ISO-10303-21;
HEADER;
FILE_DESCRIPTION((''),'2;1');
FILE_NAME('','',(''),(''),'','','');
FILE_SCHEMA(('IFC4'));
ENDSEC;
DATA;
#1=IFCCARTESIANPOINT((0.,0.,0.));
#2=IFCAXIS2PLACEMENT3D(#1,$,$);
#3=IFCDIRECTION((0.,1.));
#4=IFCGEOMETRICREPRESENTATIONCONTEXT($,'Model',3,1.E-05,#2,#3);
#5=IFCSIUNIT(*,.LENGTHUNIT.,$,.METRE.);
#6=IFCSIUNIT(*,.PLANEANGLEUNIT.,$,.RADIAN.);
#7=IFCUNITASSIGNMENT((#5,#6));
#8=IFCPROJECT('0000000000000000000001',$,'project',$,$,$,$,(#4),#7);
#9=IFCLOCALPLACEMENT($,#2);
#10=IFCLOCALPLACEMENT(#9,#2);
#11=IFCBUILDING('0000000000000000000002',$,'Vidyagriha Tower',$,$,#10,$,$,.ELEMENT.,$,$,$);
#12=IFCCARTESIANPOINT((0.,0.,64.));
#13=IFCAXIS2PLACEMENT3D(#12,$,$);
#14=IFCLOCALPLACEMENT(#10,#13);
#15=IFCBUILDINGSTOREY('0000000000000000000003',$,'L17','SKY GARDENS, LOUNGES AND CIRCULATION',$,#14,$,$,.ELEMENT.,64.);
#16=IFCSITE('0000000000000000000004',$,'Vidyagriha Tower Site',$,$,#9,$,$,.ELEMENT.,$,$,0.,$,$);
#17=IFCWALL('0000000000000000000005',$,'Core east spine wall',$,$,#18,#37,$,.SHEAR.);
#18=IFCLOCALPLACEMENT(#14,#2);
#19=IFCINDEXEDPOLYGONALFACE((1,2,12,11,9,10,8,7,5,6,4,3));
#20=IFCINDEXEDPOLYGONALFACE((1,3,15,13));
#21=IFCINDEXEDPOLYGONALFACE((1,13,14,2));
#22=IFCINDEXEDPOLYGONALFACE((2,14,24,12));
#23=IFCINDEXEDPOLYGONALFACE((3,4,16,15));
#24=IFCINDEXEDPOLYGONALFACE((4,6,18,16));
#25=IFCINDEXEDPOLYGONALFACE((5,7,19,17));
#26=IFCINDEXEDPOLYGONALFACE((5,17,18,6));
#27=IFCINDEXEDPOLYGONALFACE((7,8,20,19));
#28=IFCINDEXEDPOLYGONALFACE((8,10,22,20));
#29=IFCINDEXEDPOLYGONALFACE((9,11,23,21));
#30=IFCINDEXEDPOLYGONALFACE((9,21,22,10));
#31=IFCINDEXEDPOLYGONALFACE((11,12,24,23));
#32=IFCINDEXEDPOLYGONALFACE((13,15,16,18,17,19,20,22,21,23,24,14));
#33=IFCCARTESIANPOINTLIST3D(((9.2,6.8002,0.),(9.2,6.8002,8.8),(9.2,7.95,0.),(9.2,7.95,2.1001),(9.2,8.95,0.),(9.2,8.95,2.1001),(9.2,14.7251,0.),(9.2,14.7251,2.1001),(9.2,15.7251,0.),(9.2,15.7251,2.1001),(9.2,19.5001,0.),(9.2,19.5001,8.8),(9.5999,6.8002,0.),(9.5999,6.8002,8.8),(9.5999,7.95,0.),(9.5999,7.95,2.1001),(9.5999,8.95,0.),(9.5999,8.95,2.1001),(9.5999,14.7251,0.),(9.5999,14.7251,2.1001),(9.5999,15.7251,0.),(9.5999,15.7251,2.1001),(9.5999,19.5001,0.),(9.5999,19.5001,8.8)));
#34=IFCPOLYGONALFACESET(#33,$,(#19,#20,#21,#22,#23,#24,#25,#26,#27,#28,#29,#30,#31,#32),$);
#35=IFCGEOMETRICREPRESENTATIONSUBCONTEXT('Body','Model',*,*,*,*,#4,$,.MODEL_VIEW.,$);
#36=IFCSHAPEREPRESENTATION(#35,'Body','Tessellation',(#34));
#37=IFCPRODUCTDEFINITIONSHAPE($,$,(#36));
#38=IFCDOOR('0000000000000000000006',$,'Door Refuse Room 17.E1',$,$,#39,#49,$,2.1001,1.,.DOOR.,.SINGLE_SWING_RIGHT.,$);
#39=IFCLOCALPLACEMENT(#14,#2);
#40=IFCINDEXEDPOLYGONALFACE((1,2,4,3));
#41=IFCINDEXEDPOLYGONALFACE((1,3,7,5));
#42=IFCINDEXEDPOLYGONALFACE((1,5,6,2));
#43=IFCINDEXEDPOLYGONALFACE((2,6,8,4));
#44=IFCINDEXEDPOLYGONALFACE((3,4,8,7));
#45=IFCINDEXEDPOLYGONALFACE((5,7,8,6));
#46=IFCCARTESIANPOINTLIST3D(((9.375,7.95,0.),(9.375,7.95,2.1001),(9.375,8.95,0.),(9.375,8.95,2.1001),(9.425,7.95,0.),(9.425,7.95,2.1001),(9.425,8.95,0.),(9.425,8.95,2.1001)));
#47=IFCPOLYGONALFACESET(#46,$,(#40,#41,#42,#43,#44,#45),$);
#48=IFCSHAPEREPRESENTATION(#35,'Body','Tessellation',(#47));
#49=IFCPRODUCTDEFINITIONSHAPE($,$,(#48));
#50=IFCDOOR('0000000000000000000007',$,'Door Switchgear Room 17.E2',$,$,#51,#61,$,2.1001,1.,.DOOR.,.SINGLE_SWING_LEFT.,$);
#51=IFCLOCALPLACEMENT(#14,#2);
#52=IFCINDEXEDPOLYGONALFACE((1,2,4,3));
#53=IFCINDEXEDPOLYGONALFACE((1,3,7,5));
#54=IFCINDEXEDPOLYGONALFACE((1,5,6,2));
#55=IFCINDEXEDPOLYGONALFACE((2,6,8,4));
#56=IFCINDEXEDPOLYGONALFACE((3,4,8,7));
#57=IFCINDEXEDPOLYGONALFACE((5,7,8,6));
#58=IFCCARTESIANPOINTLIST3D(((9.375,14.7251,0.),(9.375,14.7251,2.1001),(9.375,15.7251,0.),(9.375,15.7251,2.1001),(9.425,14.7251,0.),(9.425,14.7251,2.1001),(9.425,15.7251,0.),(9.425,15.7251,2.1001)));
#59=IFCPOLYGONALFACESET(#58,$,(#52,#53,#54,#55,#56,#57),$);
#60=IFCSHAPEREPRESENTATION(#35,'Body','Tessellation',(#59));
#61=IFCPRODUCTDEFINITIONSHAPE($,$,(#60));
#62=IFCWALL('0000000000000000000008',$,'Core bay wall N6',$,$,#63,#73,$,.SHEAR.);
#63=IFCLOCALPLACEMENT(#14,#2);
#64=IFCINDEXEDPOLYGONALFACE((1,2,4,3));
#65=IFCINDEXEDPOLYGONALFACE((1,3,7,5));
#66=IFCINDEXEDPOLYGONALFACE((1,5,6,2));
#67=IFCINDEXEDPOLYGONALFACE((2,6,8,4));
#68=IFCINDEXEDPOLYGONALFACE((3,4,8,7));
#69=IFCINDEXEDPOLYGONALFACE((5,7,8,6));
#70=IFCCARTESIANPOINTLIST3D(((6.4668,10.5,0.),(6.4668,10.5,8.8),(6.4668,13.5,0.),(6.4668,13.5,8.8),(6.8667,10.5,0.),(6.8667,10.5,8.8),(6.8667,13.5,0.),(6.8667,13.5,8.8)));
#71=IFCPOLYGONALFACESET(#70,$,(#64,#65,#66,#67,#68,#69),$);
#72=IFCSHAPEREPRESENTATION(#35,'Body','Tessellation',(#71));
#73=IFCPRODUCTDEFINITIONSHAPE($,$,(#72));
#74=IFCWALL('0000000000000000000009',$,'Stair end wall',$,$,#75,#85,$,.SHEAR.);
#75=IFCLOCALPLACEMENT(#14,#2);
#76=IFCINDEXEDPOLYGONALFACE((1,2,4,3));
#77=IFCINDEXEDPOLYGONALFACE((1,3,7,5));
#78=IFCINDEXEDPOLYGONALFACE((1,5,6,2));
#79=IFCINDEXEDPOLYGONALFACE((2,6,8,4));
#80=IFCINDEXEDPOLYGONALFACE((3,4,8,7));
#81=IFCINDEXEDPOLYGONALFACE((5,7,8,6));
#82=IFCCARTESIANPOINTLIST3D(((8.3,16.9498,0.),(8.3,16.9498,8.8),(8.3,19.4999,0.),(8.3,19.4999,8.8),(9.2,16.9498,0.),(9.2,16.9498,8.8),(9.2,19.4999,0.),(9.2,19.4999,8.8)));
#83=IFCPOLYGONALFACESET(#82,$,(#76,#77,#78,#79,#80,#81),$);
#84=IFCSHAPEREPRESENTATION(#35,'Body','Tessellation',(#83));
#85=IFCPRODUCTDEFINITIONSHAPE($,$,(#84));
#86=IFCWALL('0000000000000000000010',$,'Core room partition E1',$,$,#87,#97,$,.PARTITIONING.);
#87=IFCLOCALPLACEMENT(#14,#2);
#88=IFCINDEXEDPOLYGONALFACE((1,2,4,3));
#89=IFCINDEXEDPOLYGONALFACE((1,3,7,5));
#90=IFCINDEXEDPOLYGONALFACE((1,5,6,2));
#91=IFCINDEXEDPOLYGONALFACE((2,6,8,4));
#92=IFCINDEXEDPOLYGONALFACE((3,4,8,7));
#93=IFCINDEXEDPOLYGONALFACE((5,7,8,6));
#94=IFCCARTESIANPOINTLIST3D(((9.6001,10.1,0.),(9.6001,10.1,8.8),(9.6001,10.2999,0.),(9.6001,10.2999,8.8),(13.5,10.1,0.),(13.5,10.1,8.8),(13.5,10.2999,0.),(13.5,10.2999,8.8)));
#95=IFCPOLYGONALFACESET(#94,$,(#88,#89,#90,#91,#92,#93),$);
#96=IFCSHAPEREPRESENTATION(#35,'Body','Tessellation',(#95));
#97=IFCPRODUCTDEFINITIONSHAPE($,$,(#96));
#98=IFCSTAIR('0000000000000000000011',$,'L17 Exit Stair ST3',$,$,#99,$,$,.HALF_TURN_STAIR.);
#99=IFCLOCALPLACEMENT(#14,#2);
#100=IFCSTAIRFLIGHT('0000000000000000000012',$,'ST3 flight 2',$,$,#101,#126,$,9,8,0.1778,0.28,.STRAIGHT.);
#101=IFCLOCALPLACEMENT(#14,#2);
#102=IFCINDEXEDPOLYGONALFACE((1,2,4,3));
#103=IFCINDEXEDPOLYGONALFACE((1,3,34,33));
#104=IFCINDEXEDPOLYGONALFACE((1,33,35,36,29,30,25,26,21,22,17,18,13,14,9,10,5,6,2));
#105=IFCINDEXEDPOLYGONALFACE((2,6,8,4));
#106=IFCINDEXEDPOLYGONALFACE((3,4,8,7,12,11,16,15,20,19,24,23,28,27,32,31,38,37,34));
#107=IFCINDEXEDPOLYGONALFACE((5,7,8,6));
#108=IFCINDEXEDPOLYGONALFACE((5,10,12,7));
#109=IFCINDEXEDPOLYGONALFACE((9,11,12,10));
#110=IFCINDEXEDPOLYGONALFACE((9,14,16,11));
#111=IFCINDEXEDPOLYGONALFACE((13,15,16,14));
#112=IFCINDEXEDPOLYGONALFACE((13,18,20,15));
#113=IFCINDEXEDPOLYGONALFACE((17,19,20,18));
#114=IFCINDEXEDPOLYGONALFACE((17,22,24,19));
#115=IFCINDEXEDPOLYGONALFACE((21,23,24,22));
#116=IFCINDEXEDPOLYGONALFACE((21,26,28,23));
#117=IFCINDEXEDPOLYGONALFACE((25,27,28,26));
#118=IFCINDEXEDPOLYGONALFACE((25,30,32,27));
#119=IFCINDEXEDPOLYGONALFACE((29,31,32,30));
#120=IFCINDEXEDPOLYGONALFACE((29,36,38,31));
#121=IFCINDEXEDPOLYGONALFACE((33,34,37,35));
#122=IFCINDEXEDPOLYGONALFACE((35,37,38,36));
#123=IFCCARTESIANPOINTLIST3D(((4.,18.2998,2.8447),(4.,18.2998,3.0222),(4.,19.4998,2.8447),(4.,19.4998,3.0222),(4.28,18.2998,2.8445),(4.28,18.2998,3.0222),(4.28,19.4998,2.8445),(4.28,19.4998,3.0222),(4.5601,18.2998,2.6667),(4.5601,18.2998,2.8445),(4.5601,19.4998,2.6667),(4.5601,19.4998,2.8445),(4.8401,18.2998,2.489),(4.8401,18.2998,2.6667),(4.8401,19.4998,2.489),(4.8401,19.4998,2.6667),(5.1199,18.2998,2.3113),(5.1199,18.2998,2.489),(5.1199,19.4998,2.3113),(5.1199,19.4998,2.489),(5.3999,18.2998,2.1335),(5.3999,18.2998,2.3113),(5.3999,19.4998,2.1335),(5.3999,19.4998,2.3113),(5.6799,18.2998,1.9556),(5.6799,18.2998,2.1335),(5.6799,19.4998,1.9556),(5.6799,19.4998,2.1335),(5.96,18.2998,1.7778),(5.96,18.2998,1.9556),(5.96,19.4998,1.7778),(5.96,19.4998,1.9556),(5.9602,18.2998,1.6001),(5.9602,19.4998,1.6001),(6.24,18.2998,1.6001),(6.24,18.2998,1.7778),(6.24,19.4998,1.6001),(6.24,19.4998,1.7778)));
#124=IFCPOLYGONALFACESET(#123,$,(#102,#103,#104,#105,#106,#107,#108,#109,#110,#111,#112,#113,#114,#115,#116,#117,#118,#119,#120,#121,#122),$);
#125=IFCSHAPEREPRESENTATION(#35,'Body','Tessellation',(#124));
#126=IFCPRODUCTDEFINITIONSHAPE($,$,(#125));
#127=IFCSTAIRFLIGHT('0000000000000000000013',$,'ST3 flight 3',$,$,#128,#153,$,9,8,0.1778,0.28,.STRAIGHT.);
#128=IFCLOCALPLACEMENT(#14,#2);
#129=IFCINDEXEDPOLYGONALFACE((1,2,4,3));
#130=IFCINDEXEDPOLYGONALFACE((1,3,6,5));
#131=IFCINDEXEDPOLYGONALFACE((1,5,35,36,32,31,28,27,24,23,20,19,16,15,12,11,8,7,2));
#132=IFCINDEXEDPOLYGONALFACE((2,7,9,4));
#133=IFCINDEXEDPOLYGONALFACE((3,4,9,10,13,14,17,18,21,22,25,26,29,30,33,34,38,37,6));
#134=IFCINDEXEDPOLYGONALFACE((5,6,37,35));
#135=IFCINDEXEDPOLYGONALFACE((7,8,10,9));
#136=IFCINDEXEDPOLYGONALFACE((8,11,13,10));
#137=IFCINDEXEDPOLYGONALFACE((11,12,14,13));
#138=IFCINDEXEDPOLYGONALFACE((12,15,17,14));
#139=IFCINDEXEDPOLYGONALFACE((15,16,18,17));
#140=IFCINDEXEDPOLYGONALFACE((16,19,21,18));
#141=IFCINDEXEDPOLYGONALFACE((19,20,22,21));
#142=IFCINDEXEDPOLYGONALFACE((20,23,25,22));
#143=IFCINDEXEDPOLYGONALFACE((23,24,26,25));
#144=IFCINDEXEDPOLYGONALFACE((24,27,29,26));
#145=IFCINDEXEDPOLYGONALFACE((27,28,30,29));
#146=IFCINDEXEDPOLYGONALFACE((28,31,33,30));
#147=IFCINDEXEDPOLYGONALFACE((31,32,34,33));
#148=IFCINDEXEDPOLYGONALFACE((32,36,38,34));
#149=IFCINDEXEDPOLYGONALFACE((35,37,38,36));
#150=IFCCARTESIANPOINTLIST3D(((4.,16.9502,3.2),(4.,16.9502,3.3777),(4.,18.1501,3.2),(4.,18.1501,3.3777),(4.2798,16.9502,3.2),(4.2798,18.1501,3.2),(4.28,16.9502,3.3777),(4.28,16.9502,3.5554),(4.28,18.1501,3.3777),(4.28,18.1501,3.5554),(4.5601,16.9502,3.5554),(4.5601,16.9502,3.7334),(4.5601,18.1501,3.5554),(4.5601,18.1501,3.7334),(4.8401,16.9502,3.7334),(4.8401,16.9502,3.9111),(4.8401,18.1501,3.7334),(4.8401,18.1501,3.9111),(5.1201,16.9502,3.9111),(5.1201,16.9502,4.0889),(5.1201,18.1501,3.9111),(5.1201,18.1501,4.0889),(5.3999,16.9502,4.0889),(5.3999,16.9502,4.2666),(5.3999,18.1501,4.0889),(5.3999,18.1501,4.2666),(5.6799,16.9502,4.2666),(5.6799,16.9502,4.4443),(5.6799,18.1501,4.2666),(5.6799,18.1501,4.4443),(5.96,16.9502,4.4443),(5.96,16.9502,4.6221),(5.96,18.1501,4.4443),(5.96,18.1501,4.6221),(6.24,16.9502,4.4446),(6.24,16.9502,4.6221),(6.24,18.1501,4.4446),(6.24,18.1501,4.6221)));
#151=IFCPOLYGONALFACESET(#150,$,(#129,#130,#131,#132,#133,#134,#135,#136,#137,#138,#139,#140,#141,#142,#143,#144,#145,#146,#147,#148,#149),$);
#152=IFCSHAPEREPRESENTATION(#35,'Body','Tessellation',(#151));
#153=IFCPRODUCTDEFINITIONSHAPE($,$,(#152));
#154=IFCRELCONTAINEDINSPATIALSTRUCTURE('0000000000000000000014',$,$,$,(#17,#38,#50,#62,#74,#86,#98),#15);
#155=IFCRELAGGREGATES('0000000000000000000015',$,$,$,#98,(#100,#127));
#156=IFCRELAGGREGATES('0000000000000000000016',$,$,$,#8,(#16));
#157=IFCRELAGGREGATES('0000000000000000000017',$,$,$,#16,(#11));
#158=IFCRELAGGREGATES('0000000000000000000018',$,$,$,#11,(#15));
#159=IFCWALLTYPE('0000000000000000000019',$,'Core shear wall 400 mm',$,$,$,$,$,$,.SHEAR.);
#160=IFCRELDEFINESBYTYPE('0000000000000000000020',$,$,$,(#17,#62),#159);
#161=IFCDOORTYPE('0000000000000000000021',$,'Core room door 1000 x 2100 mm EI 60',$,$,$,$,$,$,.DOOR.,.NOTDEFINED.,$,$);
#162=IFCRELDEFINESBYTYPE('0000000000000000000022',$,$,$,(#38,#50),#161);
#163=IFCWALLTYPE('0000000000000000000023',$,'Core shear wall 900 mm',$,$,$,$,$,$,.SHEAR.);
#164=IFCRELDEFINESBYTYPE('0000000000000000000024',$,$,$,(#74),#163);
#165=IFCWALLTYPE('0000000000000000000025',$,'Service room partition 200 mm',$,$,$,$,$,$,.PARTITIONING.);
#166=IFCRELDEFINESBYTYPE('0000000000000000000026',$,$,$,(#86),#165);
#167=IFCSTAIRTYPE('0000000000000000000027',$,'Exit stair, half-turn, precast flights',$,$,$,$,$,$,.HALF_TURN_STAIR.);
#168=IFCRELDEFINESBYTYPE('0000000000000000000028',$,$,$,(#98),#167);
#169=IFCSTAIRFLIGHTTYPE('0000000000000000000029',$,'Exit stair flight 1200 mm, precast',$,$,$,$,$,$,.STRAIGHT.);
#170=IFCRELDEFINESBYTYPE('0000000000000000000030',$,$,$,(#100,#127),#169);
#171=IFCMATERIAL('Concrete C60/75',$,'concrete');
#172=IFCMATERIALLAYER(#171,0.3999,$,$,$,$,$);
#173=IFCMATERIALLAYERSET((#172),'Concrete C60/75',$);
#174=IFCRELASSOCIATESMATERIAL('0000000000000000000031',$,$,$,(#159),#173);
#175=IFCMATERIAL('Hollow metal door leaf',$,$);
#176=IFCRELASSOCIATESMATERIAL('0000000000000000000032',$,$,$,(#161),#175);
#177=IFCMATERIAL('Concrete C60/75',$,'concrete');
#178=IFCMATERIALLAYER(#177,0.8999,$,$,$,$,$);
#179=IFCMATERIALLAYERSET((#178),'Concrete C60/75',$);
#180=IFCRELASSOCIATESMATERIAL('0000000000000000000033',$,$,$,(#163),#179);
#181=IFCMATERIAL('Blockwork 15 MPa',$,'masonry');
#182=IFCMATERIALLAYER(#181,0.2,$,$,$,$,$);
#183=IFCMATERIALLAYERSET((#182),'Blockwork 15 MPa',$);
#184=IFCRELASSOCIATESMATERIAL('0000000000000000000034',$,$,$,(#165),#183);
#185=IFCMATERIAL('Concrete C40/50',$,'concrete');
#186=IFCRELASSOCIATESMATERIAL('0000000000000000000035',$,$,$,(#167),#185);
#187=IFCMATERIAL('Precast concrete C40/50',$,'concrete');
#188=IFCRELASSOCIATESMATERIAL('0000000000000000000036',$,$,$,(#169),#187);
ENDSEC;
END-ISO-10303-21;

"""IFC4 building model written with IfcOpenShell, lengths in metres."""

from ifc_helpers import new_model, si_unit, direction, frame, frame_2d, origin, place, context, subcontext, project, spatial, polyline, rectangle, outline, extrude, material, layer, layer_set, type_object, element, fill, aggregate, save


model = new_model("IFC4")

# Units and contexts
model_context = context("Model", 3, precision=1e-05, world=origin(), true_north=direction((0.0, 1.0)))
body_context = subcontext(model_context, "Body", "Model", "MODEL_VIEW")
ifc_project = project(units=[si_unit("LENGTHUNIT", "METRE"), si_unit("PLANEANGLEUNIT", "RADIAN")], contexts=[model_context])

# Site, building, storey
site_placement = place(None, origin())
site = spatial("IfcSite", under=ifc_project, at=site_placement, Name="Vidyagriha Tower Site", CompositionType="ELEMENT", RefElevation=0.0)
building_placement = place(site_placement, origin())
building = spatial("IfcBuilding", under=site, at=building_placement, Name="Vidyagriha Tower", CompositionType="ELEMENT")
storey_placement = place(building_placement, frame((0.0, 0.0, 64.0)))
storey = spatial("IfcBuildingStorey", under=building, at=storey_placement, Name="L17", Description="SKY GARDENS, LOUNGES AND CIRCULATION", CompositionType="ELEMENT", Elevation=64.0)

# Wall, openings, doors
ifc_material_1 = material(Name="Concrete C60/75", Category="concrete")
ifc_layer_1 = layer(ifc_material_1, 0.3999)
ifc_layer_set_1 = layer_set([ifc_layer_1], Name="Concrete C60/75")
wall_type_1 = type_object("IfcWallType", Name="Core shear wall 400 mm", PredefinedType="SHEAR", material=ifc_layer_set_1)
wall_1_placement = place(storey_placement, frame((9.3999, 6.8, 0.0), z_axis=(0.0, 0.0, 1.0), x_axis=(0.0, 1.0, 0.0)))
wall_1 = element("IfcWall", 1, at=wall_1_placement, inside=storey, type_object=wall_type_1, Name="Core east spine wall", PredefinedType="SHEAR", context=body_context, shape_type="SweptSolid", body=[
    extrude(rectangle(XDim=12.7, YDim=0.3999, at=frame_2d((6.3501, 0.0))), origin(), (0.0, 0.0, 1.0), 8.8),
])
opening_1_placement = place(wall_1_placement, frame((1.1499, 0.0, 0.0)))
opening_1 = element("IfcOpeningElement", 2, at=opening_1_placement, cuts=wall_1, PredefinedType="OPENING", context=body_context, shape_type="SweptSolid", body=[
    extrude(rectangle(XDim=1.0, YDim=2.1001, at=frame_2d((0.5, 1.05))), frame((0.0, 0.21, 0.0), z_axis=(0.0, -1.0, 0.0), x_axis=(1.0, 0.0, 0.0)), (0.0, 0.0, 1.0), 0.4199),
])
opening_2_placement = place(wall_1_placement, frame((7.925, 0.0, 0.0)))
opening_2 = element("IfcOpeningElement", 3, at=opening_2_placement, cuts=wall_1, PredefinedType="OPENING", context=body_context, shape_type="SweptSolid", body=[
    extrude(rectangle(XDim=1.0, YDim=2.1001, at=frame_2d((0.5, 1.05))), frame((0.0, 0.21, 0.0), z_axis=(0.0, -1.0, 0.0), x_axis=(1.0, 0.0, 0.0)), (0.0, 0.0, 1.0), 0.4199),
])
ifc_material_2 = material(Name="Hollow metal door leaf")
door_type = type_object("IfcDoorType", Name="Core room door 1000 x 2100 mm EI 60", OperationType="NOTDEFINED", PredefinedType="DOOR", material=ifc_material_2)
door_1_placement = place(opening_1_placement, origin())
door_1 = element("IfcDoor", 4, at=door_1_placement, inside=storey, type_object=door_type, Name="Door Refuse Room 17.E1", OperationType="SINGLE_SWING_RIGHT", OverallHeight=2.1001, OverallWidth=1.0, PredefinedType="DOOR", context=body_context, shape_type="SweptSolid", body=[
    extrude(rectangle(XDim=1.0, YDim=2.1001, at=frame_2d((0.5, 1.05))), frame((0.0, 0.0249, 0.0), z_axis=(0.0, -1.0, 0.0), x_axis=(1.0, 0.0, 0.0)), (0.0, 0.0, 1.0), 0.05),
])
fill(opening_1, door_1)
door_2_placement = place(opening_2_placement, origin())
door_2 = element("IfcDoor", 5, at=door_2_placement, inside=storey, type_object=door_type, Name="Door Switchgear Room 17.E2", OperationType="SINGLE_SWING_LEFT", OverallHeight=2.1001, OverallWidth=1.0, PredefinedType="DOOR", context=body_context, shape_type="SweptSolid", body=[
    extrude(rectangle(XDim=1.0, YDim=2.1001, at=frame_2d((0.5, 1.05))), frame((0.0, 0.0249, 0.0), z_axis=(0.0, -1.0, 0.0), x_axis=(1.0, 0.0, 0.0)), (0.0, 0.0, 1.0), 0.05),
])
fill(opening_2, door_2)

# Walls
wall_2_placement = place(storey_placement, frame((6.6667, 10.5, 0.0), z_axis=(0.0, 0.0, 1.0), x_axis=(0.0, 1.0, 0.0)))
element("IfcWall", 6, at=wall_2_placement, inside=storey, type_object=wall_type_1, Name="Core bay wall N6", PredefinedType="SHEAR", context=body_context, shape_type="SweptSolid", body=[
    extrude(rectangle(XDim=3.0, YDim=0.3999, at=frame_2d((1.5, 0.0))), origin(), (0.0, 0.0, 1.0), 8.8),
])
ifc_material_3 = material(Name="Concrete C60/75", Category="concrete")
ifc_layer_2 = layer(ifc_material_3, 0.8999)
ifc_layer_set_2 = layer_set([ifc_layer_2], Name="Concrete C60/75")
wall_type_2 = type_object("IfcWallType", Name="Core shear wall 900 mm", PredefinedType="SHEAR", material=ifc_layer_set_2)
wall_3_placement = place(storey_placement, frame((8.75, 16.95, 0.0), z_axis=(0.0, 0.0, 1.0), x_axis=(0.0, 1.0, 0.0)))
element("IfcWall", 7, at=wall_3_placement, inside=storey, type_object=wall_type_2, Name="Stair end wall", PredefinedType="SHEAR", context=body_context, shape_type="SweptSolid", body=[
    extrude(rectangle(XDim=2.55, YDim=0.8999, at=frame_2d((1.2749, 0.0))), origin(), (0.0, 0.0, 1.0), 8.8),
])
ifc_material_4 = material(Name="Blockwork 15 MPa", Category="masonry")
ifc_layer_3 = layer(ifc_material_4, 0.2)
ifc_layer_set_3 = layer_set([ifc_layer_3], Name="Blockwork 15 MPa")
wall_type_3 = type_object("IfcWallType", Name="Service room partition 200 mm", PredefinedType="PARTITIONING", material=ifc_layer_set_3)
wall_4_placement = place(storey_placement, frame((9.6001, 10.2, 0.0)))
element("IfcWall", 8, at=wall_4_placement, inside=storey, type_object=wall_type_3, Name="Core room partition E1", PredefinedType="PARTITIONING", context=body_context, shape_type="SweptSolid", body=[
    extrude(rectangle(XDim=3.8999, YDim=0.2, at=frame_2d((1.95, 0.0))), origin(), (0.0, 0.0, 1.0), 8.8),
])

# Stair, stair flights
ifc_material_5 = material(Name="Concrete C40/50", Category="concrete")
stair_type = type_object("IfcStairType", Name="Exit stair, half-turn, precast flights", PredefinedType="HALF_TURN_STAIR", material=ifc_material_5)
stair_placement = place(storey_placement, origin())
stair = element("IfcStair", 9, at=stair_placement, inside=storey, type_object=stair_type, Name="L17 Exit Stair ST3", PredefinedType="HALF_TURN_STAIR")
ifc_material_6 = material(Name="Precast concrete C40/50", Category="concrete")
stair_flight_type = type_object("IfcStairFlightType", Name="Exit stair flight 1200 mm, precast", PredefinedType="STRAIGHT", material=ifc_material_6)
stair_flight_1_placement = place(storey_placement, frame((6.24, 18.8999, 1.6001), z_axis=(0.0, 0.0, 1.0), x_axis=(-1.0, 0.0, 0.0)))
stair_flight_1 = element("IfcStairFlight", 10, at=stair_flight_1_placement, type_object=stair_flight_type, Name="ST3 flight 2", NumberOfRisers=9, NumberOfTreads=8, PredefinedType="STRAIGHT", RiserHeight=0.1778, TreadLength=0.28, context=body_context, shape_type="SweptSolid", body=[
    extrude(outline(polyline([(0.0, 0.0), (0.0, 0.1777), (0.28, 0.1777), (0.28, 0.3555), (0.5601, 0.3555), (0.5601, 0.5334), (0.8401, 0.5334), (0.8401, 0.7112), (1.1201, 0.7112), (1.1201, 0.8889), (1.3999, 0.8889), (1.3999, 1.0667), (1.6799, 1.0667), (1.6799, 1.2444), (1.96, 1.2444), (1.96, 1.4221), (2.24, 1.4221), (2.24, 1.6001), (2.24, 1.2446), (0.2798, 0.0), (0.0, 0.0)])), frame((0.0, 0.6001, 0.0), z_axis=(0.0, -1.0, 0.0), x_axis=(1.0, 0.0, 0.0)), (0.0, 0.0, 1.0), 1.2),
])
stair_flight_2_placement = place(storey_placement, frame((4.0, 17.55, 3.2)))
stair_flight_2 = element("IfcStairFlight", 11, at=stair_flight_2_placement, type_object=stair_flight_type, Name="ST3 flight 3", NumberOfRisers=9, NumberOfTreads=8, PredefinedType="STRAIGHT", RiserHeight=0.1778, TreadLength=0.28, context=body_context, shape_type="SweptSolid", body=[
    extrude(outline(polyline([(0.0, 0.0), (0.0, 0.1777), (0.28, 0.1777), (0.28, 0.3555), (0.5601, 0.3555), (0.5601, 0.5334), (0.8401, 0.5334), (0.8401, 0.7112), (1.1201, 0.7112), (1.1201, 0.8889), (1.3999, 0.8889), (1.3999, 1.0667), (1.6799, 1.0667), (1.6799, 1.2444), (1.96, 1.2444), (1.96, 1.4221), (2.24, 1.4221), (2.24, 1.6001), (2.24, 1.2446), (0.2798, 0.0), (0.0, 0.0)])), frame((0.0, 0.6001, 0.0), z_axis=(0.0, -1.0, 0.0), x_axis=(1.0, 0.0, 0.0)), (0.0, 0.0, 1.0), 1.2),
])
aggregate(stair, [stair_flight_1, stair_flight_2])

save(model, "model.ifc")
